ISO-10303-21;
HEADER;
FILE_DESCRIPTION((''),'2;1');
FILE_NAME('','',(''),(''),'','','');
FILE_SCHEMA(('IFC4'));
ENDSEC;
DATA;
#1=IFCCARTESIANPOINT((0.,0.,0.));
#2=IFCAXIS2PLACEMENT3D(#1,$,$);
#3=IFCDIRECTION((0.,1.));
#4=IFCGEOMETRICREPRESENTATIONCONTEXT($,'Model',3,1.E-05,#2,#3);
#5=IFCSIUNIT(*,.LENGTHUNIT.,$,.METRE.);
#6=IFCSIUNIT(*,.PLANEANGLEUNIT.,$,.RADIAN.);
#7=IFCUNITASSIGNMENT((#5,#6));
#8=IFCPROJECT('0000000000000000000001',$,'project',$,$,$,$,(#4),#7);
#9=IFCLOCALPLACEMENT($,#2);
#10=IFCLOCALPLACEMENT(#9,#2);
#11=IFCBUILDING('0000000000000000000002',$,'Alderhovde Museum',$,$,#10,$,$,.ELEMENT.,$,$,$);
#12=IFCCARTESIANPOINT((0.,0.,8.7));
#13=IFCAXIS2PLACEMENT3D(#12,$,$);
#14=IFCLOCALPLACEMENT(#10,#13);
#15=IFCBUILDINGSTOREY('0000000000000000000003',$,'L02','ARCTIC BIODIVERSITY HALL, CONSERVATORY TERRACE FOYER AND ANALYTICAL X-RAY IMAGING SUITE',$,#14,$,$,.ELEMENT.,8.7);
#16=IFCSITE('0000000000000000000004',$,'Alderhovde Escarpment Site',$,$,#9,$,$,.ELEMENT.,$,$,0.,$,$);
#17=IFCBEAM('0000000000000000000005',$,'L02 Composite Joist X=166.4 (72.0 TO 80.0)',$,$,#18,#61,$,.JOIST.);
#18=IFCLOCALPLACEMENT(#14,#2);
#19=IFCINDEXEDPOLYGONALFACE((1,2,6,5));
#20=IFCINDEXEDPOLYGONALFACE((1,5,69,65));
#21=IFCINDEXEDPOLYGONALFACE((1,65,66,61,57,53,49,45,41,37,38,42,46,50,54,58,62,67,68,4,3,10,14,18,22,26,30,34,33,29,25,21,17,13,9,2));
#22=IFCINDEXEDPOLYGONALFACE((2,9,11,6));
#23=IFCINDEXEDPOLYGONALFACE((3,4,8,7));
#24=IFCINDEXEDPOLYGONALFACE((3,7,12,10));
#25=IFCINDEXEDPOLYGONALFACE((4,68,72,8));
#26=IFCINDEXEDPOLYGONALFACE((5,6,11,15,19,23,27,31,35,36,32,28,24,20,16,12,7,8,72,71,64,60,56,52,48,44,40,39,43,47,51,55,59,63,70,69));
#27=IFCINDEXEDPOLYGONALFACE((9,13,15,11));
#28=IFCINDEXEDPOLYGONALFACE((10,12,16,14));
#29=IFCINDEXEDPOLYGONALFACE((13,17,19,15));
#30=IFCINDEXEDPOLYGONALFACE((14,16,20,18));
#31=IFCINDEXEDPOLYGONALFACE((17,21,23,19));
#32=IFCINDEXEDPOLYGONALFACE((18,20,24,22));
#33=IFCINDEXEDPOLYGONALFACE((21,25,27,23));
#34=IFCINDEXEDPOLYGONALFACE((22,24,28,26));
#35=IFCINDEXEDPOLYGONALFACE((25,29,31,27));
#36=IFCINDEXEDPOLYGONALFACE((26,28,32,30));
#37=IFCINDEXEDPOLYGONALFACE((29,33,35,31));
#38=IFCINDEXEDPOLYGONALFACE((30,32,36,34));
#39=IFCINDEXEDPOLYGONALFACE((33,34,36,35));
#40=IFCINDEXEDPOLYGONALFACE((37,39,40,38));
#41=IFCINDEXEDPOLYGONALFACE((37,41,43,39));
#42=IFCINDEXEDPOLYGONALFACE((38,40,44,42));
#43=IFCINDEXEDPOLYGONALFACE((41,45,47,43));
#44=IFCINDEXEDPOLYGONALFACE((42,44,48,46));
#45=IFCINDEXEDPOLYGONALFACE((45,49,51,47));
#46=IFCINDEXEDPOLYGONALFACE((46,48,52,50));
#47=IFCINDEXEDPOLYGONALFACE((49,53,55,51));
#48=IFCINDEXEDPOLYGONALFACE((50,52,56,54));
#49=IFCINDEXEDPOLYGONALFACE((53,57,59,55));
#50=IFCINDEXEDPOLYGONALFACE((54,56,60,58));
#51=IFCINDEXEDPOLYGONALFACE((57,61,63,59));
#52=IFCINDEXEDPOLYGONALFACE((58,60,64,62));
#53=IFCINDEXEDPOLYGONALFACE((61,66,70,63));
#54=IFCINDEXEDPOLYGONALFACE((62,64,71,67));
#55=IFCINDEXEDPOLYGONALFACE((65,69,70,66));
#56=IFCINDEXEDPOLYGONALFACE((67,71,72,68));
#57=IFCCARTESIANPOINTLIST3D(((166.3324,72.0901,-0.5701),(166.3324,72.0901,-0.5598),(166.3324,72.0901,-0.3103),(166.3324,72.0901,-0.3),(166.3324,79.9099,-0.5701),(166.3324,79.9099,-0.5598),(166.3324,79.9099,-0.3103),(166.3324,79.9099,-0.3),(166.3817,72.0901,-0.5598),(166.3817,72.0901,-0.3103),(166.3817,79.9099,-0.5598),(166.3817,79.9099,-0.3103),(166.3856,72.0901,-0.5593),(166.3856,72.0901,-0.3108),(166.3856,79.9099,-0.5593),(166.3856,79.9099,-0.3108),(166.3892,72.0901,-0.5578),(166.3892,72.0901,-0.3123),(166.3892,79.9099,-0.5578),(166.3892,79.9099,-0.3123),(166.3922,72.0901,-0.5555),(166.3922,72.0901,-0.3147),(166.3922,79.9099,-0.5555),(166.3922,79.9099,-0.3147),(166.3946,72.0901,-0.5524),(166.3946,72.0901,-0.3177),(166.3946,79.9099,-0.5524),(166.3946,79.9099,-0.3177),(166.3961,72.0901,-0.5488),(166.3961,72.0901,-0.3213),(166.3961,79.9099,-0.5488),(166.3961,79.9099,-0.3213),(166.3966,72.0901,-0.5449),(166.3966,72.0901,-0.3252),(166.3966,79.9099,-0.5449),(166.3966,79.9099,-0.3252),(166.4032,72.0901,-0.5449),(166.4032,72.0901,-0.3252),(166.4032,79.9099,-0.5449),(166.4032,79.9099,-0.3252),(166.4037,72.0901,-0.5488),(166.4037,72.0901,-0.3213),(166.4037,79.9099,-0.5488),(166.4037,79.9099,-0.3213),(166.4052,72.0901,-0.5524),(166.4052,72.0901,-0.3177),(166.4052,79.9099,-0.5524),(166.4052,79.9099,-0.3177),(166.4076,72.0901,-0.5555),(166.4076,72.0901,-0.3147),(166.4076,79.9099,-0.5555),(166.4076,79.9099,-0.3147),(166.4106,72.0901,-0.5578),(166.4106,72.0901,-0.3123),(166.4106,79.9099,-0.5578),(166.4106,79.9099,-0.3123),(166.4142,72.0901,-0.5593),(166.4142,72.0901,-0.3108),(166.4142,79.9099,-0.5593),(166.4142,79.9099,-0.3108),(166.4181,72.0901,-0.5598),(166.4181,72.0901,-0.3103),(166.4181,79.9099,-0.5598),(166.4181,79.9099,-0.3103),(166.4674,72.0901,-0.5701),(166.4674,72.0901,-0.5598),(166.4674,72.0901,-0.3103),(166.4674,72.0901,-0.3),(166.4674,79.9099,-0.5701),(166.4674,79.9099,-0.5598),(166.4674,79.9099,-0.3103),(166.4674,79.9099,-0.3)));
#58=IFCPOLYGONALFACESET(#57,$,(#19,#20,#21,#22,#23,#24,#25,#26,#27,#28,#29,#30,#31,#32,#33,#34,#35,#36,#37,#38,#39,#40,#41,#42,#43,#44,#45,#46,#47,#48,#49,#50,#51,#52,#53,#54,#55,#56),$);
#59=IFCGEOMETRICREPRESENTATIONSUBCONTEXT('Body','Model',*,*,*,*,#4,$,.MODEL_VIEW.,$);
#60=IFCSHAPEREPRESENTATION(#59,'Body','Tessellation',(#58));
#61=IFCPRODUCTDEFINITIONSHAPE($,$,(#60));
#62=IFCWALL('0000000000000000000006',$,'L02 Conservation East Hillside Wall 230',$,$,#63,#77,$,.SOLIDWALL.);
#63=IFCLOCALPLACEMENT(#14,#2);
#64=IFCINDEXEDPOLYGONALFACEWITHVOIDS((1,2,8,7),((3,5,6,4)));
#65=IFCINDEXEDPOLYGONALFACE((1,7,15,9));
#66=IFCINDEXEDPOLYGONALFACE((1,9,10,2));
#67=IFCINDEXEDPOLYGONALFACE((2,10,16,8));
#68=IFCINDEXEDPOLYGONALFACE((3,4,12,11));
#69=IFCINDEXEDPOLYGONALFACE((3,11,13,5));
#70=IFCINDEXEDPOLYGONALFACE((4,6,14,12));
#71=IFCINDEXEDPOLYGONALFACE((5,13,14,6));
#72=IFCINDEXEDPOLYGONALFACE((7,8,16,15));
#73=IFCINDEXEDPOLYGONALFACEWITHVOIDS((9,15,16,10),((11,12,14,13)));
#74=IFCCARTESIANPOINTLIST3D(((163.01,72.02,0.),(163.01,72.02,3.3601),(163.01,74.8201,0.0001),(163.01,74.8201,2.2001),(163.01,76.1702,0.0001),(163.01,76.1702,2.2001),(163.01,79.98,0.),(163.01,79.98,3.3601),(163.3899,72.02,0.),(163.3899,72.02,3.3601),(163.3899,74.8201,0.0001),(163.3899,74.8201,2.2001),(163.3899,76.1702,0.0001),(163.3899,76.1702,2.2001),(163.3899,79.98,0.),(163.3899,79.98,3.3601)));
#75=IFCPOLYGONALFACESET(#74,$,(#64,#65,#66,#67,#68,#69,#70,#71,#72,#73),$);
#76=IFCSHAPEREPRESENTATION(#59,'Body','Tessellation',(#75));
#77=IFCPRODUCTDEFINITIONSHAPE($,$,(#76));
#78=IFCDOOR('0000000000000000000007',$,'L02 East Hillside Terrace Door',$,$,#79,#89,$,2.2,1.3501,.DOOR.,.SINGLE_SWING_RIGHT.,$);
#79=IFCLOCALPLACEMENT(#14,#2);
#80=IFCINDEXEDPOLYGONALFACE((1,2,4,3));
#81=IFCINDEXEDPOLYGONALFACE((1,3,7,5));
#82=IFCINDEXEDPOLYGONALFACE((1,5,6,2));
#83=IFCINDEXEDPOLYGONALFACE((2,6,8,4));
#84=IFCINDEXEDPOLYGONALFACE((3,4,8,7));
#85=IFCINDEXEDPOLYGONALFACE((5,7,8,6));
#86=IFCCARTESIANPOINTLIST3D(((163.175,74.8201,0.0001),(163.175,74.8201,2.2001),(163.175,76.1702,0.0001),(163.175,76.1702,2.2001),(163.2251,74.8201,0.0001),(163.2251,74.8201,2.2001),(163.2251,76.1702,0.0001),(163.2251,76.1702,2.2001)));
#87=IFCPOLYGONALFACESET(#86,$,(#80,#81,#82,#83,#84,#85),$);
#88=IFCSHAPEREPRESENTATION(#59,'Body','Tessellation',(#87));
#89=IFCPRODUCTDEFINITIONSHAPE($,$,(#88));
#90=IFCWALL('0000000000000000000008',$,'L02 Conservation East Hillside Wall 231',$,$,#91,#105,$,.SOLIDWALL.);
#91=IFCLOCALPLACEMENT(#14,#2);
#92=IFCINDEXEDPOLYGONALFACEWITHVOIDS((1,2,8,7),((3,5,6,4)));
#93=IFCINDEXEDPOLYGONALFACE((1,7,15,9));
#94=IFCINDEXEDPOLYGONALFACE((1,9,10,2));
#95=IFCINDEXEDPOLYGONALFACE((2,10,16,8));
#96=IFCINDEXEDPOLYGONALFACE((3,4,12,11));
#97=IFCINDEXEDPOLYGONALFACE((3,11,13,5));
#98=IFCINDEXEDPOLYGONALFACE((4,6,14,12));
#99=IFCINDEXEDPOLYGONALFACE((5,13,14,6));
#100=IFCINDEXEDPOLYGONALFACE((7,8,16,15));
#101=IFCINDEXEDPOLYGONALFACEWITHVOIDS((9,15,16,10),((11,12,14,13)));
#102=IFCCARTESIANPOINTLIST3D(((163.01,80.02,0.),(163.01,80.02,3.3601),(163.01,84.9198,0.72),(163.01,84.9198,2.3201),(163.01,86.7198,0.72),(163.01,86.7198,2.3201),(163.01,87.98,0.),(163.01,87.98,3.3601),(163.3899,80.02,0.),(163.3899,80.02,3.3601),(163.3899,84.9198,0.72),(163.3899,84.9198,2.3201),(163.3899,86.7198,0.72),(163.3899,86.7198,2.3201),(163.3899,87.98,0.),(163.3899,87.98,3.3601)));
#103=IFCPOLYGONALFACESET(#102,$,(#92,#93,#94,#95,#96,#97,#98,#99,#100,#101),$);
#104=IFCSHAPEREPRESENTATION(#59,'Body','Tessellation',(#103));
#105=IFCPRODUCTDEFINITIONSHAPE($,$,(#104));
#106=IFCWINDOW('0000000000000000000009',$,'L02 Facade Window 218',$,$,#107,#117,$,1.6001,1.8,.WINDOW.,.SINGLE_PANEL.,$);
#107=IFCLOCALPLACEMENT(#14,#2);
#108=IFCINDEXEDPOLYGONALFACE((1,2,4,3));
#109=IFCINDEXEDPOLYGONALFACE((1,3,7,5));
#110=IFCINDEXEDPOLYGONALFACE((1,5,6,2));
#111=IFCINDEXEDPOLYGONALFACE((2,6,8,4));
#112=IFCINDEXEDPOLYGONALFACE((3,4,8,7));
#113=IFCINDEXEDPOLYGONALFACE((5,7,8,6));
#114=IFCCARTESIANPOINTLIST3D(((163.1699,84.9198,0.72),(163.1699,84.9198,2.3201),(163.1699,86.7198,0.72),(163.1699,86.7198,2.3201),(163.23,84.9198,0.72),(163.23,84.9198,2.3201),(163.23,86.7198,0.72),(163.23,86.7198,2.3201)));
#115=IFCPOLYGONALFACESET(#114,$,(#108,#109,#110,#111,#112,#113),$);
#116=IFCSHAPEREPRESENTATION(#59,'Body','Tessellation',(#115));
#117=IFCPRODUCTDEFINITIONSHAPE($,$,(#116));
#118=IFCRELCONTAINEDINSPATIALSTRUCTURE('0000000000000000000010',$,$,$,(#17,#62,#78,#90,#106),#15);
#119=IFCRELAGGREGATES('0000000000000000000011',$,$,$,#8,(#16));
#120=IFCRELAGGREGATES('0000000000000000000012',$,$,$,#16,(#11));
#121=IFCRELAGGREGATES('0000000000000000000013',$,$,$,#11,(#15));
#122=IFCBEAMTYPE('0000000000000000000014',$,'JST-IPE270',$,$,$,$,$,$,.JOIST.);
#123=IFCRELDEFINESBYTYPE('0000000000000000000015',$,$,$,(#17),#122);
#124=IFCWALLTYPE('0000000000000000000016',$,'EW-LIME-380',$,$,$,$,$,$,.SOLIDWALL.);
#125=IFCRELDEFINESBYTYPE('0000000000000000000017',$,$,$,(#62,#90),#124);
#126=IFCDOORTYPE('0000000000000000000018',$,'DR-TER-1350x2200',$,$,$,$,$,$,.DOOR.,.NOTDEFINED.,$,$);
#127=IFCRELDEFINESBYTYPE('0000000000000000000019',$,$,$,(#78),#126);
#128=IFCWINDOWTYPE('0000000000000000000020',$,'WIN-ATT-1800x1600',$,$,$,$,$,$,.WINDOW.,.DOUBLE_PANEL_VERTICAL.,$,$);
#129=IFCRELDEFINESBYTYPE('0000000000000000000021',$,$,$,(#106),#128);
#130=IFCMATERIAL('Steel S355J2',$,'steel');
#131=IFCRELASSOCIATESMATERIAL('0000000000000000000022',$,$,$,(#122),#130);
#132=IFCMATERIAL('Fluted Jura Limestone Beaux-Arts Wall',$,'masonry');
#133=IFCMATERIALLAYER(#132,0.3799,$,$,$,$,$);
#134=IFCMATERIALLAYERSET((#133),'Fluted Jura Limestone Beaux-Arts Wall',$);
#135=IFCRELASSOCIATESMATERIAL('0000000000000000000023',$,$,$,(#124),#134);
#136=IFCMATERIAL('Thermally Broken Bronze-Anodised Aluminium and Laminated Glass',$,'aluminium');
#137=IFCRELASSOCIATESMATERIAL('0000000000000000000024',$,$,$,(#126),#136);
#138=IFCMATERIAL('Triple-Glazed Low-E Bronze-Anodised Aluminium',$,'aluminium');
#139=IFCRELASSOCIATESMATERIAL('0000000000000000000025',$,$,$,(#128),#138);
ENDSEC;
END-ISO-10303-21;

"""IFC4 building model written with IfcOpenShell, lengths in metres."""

from ifc_helpers import new_model, si_unit, direction, frame, frame_2d, origin, origin_2d, place, context, subcontext, project, spatial, rectangle, i_section, extrude, material, layer, layer_set, material_profile, profile_set, type_object, element, fill, save


model = new_model("IFC4")

# Units and contexts
model_context = context("Model", 3, precision=1e-05, world=origin(), true_north=direction((0.0, 1.0)))
body_context = subcontext(model_context, "Body", "Model", "MODEL_VIEW")
ifc_project = project(units=[si_unit("LENGTHUNIT", "METRE"), si_unit("PLANEANGLEUNIT", "RADIAN")], contexts=[model_context])

# Site, building, storey
site_placement = place(None, origin())
site = spatial("IfcSite", under=ifc_project, at=site_placement, Name="Alderhovde Escarpment Site", CompositionType="ELEMENT", RefElevation=0.0)
building_placement = place(site_placement, origin())
building = spatial("IfcBuilding", under=site, at=building_placement, Name="Alderhovde Museum", CompositionType="ELEMENT")
storey_placement = place(building_placement, frame((0.0, 0.0, 8.7)))
storey = spatial("IfcBuildingStorey", under=building, at=storey_placement, Name="L02", Description="ARCTIC BIODIVERSITY HALL, CONSERVATORY TERRACE FOYER AND ANALYTICAL X-RAY IMAGING SUITE", CompositionType="ELEMENT", Elevation=8.7)

# Beam
ifc_material_1 = material(Name="Steel S355J2", Category="steel")
ifc_material_profile_1 = material_profile(ifc_material_1, i_section(OverallWidth=0.135, OverallDepth=0.27, WebThickness=0.0066, FlangeThickness=0.0103, FilletRadius=0.0149, at=origin_2d()), Name="IPE 270")
ifc_profile_set_1 = profile_set([ifc_material_profile_1], Name="Steel S355J2")
beam_type_1 = type_object("IfcBeamType", Name="JST-IPE270", PredefinedType="JOIST", material=ifc_profile_set_1)
for number, where, z_axis, x_axis, name in (
    (1, (166.3999, 72.0901, -0.4351), (0.0, 1.0, 0.0), (-1.0, 0.0, 0.0), "L02 Composite Joist X=166.4 (72.0 TO 80.0)"),
):
    element("IfcBeam", number, at=place(storey_placement, frame(where, z_axis=z_axis, x_axis=x_axis)), inside=storey, type_object=beam_type_1, Name=name, PredefinedType="JOIST", context=body_context, shape_type="SweptSolid", body=[
        extrude(i_section(OverallWidth=0.135, OverallDepth=0.27, WebThickness=0.0066, FlangeThickness=0.0103, FilletRadius=0.0149, at=origin_2d()), origin(), (0.0, 0.0, 1.0), 7.8198),
    ])

# Wall, opening, door
ifc_material_2 = material(Name="Fluted Jura Limestone Beaux-Arts Wall", Category="masonry")
ifc_layer = layer(ifc_material_2, 0.3799)
ifc_layer_set = layer_set([ifc_layer], Name="Fluted Jura Limestone Beaux-Arts Wall")
wall_type = type_object("IfcWallType", Name="EW-LIME-380", PredefinedType="SOLIDWALL", material=ifc_layer_set)
wall_1_placement = place(storey_placement, frame((163.2, 72.02, 0.0), z_axis=(0.0, 0.0, 1.0), x_axis=(0.0, 1.0, 0.0)))
wall_1 = element("IfcWall", 2, at=wall_1_placement, inside=storey, type_object=wall_type, Name="L02 Conservation East Hillside Wall 230", PredefinedType="SOLIDWALL", context=body_context, shape_type="SweptSolid", body=[
    extrude(rectangle(XDim=7.96, YDim=0.3799, at=frame_2d((3.98, 0.0))), origin(), (0.0, 0.0, 1.0), 3.3601),
])
opening_1_placement = place(wall_1_placement, frame((2.8, 0.0, 0.0)))
opening_1 = element("IfcOpeningElement", 3, at=opening_1_placement, cuts=wall_1, PredefinedType="OPENING", context=body_context, shape_type="SweptSolid", body=[
    extrude(rectangle(XDim=1.3501, YDim=2.2, at=frame_2d((0.675, 1.1001))), frame((0.0, 0.2, 0.0), z_axis=(0.0, -1.0, 0.0), x_axis=(1.0, 0.0, 0.0)), (0.0, 0.0, 1.0), 0.3999),
])
ifc_material_3 = material(Name="Thermally Broken Bronze-Anodised Aluminium and Laminated Glass", Category="aluminium")
door_type = type_object("IfcDoorType", Name="DR-TER-1350x2200", OperationType="NOTDEFINED", PredefinedType="DOOR", material=ifc_material_3)
door_placement = place(opening_1_placement, origin())
door = element("IfcDoor", 4, at=door_placement, inside=storey, type_object=door_type, Name="L02 East Hillside Terrace Door", OperationType="SINGLE_SWING_RIGHT", OverallHeight=2.2, OverallWidth=1.3501, PredefinedType="DOOR", context=body_context, shape_type="SweptSolid", body=[
    extrude(rectangle(XDim=1.3501, YDim=2.2, at=frame_2d((0.675, 1.1001))), frame((0.0, 0.0249, 0.0), z_axis=(0.0, -1.0, 0.0), x_axis=(1.0, 0.0, 0.0)), (0.0, 0.0, 1.0), 0.05),
])
fill(opening_1, door)

# Wall, opening, window
wall_2_placement = place(storey_placement, frame((163.2, 80.02, 0.0), z_axis=(0.0, 0.0, 1.0), x_axis=(0.0, 1.0, 0.0)))
wall_2 = element("IfcWall", 5, at=wall_2_placement, inside=storey, type_object=wall_type, Name="L02 Conservation East Hillside Wall 231", PredefinedType="SOLIDWALL", context=body_context, shape_type="SweptSolid", body=[
    extrude(rectangle(XDim=7.96, YDim=0.3799, at=frame_2d((3.98, 0.0))), origin(), (0.0, 0.0, 1.0), 3.3601),
])
opening_2_placement = place(wall_2_placement, frame((4.8999, 0.0, 0.72)))
opening_2 = element("IfcOpeningElement", 6, at=opening_2_placement, cuts=wall_2, PredefinedType="OPENING", context=body_context, shape_type="SweptSolid", body=[
    extrude(rectangle(XDim=1.8, YDim=1.6001, at=frame_2d((0.8999, 0.8))), frame((0.0, 0.2, 0.0), z_axis=(0.0, -1.0, 0.0), x_axis=(1.0, 0.0, 0.0)), (0.0, 0.0, 1.0), 0.3999),
])
ifc_material_4 = material(Name="Triple-Glazed Low-E Bronze-Anodised Aluminium", Category="aluminium")
window_type = type_object("IfcWindowType", Name="WIN-ATT-1800x1600", PartitioningType="DOUBLE_PANEL_VERTICAL", PredefinedType="WINDOW", material=ifc_material_4)
window_placement = place(opening_2_placement, origin())
window = element("IfcWindow", 7, at=window_placement, inside=storey, type_object=window_type, Name="L02 Facade Window 218", OverallHeight=1.6001, OverallWidth=1.8, PartitioningType="SINGLE_PANEL", PredefinedType="WINDOW", context=body_context, shape_type="SweptSolid", body=[
    extrude(rectangle(XDim=1.8, YDim=1.6001, at=frame_2d((0.8999, 0.8))), frame((0.0, 0.03, 0.0), z_axis=(0.0, -1.0, 0.0), x_axis=(1.0, 0.0, 0.0)), (0.0, 0.0, 1.0), 0.0601),
])
fill(opening_2, window)

save(model, "model.ifc")
